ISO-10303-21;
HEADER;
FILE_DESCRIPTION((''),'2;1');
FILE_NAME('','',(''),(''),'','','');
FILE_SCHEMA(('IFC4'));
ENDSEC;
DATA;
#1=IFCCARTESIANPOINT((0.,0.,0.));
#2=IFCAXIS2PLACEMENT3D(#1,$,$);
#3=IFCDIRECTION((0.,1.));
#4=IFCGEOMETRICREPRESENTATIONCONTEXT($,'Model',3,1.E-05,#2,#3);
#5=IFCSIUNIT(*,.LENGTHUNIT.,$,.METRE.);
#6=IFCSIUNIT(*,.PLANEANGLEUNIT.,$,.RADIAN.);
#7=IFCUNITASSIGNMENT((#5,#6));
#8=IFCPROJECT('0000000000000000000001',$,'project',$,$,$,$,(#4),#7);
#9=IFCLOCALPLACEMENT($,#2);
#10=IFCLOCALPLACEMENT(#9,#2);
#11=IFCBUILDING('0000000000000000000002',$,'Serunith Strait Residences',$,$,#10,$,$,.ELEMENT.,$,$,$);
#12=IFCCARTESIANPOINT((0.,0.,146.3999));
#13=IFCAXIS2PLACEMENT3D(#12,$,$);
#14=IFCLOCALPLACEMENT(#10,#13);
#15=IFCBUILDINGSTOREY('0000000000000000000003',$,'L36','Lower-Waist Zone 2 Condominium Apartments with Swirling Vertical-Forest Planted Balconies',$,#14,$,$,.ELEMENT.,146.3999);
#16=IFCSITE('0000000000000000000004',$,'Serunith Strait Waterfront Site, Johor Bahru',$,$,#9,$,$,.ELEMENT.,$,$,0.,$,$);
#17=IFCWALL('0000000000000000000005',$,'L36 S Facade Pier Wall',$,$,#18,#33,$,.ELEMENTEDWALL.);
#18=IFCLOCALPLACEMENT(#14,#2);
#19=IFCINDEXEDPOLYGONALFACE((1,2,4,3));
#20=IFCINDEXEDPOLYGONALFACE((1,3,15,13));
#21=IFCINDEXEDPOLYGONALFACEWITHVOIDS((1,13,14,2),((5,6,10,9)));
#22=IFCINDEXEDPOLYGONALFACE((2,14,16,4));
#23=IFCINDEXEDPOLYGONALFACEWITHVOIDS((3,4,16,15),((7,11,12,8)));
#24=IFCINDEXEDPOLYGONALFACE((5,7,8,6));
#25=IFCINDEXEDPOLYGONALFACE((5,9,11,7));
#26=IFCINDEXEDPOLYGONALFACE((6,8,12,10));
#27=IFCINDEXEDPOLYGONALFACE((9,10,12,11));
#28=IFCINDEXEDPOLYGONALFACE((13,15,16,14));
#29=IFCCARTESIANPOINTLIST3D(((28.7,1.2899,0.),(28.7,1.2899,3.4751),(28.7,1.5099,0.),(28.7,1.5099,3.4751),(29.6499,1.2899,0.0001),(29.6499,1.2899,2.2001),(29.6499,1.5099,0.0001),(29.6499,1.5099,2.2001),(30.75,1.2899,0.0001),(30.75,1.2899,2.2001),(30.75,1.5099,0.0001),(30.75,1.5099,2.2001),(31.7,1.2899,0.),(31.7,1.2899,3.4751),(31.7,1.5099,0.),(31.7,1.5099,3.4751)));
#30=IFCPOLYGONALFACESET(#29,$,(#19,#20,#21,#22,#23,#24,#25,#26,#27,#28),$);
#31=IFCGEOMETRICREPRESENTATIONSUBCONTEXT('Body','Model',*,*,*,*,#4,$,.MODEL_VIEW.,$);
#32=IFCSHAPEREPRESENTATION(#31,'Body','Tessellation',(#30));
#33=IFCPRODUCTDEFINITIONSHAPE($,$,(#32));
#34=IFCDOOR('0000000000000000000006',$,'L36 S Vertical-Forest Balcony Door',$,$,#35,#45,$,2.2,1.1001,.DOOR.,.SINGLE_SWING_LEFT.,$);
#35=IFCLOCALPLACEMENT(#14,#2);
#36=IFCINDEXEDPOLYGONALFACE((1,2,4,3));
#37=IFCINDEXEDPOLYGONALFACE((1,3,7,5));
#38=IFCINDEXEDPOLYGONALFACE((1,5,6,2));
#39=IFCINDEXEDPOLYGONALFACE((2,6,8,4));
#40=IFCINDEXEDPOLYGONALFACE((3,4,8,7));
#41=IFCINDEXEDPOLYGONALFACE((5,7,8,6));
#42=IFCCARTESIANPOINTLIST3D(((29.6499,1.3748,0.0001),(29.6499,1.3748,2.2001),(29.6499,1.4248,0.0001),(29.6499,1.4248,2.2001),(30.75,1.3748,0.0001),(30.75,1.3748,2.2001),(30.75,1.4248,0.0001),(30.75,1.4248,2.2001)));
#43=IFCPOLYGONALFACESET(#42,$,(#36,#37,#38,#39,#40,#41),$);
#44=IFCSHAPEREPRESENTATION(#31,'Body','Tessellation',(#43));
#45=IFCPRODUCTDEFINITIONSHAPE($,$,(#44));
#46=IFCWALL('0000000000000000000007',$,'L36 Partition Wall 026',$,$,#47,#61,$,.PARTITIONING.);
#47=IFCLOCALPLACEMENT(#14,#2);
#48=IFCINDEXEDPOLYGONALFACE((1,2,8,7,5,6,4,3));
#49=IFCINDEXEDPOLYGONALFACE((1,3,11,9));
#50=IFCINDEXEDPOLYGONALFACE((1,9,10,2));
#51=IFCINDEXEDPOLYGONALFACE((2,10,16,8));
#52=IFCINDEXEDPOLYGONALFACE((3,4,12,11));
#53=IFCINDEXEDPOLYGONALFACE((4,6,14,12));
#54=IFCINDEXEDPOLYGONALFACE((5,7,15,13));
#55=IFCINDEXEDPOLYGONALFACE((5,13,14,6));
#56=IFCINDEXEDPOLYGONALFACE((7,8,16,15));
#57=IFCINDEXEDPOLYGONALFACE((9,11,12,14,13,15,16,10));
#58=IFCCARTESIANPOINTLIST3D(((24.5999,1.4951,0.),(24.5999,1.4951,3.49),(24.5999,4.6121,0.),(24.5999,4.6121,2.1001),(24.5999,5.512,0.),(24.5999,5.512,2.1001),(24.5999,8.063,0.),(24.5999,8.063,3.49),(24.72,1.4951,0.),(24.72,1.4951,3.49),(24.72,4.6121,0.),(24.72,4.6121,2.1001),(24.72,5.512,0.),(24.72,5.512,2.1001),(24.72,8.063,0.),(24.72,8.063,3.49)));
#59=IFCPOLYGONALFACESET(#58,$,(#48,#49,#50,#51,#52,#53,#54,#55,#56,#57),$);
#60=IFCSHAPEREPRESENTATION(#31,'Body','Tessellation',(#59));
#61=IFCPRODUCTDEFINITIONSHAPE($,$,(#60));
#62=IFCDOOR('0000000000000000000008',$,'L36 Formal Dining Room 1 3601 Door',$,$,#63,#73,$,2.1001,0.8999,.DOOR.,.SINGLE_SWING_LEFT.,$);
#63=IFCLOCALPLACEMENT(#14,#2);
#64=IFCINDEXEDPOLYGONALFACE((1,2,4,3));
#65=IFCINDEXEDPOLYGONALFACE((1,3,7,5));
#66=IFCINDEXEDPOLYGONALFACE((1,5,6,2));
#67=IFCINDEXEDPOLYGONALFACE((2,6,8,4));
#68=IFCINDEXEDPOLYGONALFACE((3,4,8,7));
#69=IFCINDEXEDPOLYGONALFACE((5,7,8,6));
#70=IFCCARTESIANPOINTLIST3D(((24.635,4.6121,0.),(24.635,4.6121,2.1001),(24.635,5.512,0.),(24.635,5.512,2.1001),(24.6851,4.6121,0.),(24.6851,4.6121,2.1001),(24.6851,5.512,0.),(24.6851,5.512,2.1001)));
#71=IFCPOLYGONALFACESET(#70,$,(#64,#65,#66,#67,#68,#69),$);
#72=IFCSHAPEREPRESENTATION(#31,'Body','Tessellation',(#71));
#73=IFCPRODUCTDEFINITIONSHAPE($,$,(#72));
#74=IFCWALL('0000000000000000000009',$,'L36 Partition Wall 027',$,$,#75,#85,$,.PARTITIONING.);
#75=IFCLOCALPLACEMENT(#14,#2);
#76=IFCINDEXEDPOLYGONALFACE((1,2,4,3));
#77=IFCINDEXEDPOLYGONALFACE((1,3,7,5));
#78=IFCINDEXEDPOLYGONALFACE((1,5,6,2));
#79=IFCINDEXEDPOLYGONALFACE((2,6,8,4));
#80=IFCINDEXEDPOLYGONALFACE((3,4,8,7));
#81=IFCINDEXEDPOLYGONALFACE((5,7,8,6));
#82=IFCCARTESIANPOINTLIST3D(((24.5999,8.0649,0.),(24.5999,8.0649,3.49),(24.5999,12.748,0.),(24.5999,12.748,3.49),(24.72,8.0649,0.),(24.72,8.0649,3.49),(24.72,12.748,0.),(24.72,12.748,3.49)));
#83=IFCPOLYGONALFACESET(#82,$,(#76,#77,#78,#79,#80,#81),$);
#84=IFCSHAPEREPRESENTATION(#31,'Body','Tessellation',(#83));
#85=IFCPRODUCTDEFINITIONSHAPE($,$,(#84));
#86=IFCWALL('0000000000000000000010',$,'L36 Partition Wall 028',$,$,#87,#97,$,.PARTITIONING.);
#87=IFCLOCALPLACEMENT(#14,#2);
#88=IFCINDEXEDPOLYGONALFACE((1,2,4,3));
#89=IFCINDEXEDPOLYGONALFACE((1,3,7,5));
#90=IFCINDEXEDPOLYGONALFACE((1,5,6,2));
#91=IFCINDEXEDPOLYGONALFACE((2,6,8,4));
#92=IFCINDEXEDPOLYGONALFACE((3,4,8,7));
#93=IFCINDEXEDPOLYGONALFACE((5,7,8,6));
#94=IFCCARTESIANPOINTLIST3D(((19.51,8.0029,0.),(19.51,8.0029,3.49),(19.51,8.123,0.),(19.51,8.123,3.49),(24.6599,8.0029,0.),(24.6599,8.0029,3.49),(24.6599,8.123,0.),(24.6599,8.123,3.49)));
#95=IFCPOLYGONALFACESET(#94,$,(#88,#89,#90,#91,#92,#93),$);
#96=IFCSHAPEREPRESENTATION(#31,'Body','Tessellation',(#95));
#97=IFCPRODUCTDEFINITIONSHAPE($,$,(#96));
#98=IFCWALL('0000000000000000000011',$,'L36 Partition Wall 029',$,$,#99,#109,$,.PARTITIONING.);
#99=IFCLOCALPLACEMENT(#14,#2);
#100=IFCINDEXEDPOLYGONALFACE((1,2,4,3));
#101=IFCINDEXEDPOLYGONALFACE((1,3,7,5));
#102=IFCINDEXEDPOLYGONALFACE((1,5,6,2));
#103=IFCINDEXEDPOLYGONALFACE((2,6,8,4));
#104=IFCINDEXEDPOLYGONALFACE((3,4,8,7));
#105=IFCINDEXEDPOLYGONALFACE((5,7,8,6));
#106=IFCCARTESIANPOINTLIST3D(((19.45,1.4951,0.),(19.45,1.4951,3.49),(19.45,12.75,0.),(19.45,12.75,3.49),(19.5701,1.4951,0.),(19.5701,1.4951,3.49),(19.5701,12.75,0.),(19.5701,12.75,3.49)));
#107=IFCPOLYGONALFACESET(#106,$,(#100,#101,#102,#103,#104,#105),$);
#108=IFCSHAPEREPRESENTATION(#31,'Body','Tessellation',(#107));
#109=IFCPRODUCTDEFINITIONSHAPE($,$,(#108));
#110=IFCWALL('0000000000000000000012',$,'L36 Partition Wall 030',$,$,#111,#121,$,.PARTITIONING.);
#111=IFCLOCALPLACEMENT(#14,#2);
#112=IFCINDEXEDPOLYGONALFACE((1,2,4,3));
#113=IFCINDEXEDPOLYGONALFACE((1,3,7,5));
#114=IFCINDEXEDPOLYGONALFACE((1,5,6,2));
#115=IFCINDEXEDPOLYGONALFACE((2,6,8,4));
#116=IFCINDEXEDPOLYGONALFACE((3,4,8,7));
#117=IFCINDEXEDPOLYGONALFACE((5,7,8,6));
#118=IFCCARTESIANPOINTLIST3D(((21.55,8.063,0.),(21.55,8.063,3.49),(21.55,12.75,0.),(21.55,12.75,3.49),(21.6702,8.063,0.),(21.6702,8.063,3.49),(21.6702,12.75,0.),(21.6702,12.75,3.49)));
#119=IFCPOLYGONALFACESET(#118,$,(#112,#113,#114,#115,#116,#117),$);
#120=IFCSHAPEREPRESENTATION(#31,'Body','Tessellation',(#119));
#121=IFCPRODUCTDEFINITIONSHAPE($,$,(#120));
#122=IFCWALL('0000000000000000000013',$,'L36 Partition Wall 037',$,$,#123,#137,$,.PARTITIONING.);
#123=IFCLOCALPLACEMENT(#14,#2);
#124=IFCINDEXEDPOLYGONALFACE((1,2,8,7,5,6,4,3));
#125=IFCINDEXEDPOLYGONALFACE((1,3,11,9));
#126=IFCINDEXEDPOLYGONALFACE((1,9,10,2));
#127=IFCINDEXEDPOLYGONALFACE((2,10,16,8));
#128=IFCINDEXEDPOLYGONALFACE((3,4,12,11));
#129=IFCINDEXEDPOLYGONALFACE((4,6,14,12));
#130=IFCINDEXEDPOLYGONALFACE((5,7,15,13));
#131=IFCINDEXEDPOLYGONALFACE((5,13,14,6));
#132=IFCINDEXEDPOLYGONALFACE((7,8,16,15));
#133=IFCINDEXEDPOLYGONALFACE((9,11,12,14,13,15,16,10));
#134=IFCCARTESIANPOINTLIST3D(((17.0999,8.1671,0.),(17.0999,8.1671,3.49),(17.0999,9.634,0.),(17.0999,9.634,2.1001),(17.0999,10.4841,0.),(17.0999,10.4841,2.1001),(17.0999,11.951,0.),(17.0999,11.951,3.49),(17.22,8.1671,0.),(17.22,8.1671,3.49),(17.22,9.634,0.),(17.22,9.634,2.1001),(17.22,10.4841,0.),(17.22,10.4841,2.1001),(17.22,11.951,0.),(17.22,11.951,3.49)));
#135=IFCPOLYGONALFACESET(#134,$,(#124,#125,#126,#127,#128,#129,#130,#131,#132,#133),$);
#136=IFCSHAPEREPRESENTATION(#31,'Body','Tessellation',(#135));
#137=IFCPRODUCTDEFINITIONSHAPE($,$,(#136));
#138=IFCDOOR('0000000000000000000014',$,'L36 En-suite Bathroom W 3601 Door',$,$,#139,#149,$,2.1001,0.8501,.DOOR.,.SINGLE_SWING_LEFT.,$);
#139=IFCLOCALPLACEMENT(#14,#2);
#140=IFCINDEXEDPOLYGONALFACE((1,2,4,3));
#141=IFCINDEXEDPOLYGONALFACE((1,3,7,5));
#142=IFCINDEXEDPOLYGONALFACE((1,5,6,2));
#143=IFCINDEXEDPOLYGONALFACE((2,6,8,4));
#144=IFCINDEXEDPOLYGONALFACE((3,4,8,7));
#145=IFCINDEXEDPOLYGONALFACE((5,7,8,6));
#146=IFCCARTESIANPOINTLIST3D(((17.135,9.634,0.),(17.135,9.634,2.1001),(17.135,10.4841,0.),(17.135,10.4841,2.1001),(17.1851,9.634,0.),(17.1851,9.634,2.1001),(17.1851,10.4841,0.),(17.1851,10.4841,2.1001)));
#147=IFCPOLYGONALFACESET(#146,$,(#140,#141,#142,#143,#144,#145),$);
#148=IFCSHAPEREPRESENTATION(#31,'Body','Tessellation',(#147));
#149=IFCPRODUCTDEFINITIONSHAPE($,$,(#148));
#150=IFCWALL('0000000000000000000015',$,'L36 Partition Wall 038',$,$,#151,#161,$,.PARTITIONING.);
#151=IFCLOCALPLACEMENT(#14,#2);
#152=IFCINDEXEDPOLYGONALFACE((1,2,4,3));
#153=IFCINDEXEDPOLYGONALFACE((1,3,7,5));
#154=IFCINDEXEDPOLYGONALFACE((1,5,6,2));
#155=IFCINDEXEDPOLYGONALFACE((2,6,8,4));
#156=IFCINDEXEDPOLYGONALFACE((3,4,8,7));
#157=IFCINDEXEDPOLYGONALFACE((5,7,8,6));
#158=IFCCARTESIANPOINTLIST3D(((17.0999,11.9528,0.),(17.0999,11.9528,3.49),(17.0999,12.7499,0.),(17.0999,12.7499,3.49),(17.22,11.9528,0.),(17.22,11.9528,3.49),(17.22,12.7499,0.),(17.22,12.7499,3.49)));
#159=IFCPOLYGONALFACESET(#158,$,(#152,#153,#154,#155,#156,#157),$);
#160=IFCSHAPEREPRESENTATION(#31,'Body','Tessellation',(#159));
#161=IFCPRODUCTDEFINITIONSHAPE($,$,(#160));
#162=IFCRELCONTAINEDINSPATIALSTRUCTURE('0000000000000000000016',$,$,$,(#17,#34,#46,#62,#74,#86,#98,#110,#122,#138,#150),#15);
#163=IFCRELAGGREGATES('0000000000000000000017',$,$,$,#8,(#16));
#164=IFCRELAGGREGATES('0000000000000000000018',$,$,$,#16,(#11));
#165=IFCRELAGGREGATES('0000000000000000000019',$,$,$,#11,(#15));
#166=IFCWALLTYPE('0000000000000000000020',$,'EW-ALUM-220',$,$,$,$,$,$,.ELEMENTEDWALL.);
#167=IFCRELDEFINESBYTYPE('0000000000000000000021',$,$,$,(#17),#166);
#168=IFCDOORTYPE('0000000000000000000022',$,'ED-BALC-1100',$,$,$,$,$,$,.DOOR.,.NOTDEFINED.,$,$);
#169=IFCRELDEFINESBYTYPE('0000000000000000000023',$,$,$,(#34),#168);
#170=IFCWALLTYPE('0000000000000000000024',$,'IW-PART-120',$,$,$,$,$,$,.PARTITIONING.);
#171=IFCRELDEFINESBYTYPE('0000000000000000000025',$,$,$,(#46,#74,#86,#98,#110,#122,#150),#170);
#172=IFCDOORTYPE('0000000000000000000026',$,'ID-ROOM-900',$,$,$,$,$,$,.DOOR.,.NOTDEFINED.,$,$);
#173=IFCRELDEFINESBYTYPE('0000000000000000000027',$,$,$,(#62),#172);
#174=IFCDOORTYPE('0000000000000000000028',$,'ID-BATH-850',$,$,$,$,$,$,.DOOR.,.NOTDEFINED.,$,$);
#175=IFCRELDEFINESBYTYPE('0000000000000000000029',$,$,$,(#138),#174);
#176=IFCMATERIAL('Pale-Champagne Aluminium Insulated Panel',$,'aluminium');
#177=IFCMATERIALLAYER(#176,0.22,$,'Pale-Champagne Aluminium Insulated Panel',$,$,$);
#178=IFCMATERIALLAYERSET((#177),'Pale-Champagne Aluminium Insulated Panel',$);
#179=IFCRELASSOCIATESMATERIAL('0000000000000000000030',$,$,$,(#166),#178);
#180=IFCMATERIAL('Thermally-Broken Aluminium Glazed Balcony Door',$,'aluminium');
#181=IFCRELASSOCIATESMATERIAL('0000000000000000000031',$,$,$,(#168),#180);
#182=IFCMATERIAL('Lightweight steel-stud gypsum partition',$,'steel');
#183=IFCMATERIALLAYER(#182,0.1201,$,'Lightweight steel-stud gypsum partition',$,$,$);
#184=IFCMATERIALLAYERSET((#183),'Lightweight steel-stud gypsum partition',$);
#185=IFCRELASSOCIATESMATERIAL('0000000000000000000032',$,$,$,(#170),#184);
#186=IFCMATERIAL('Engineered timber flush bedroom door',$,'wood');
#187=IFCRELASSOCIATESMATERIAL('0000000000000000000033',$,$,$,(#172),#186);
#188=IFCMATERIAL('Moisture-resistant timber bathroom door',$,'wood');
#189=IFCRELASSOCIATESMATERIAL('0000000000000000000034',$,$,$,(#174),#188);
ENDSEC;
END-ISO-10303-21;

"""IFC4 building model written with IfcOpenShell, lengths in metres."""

from ifc_helpers import new_model, si_unit, direction, frame, frame_2d, origin, place, context, subcontext, project, spatial, rectangle, extrude, source, transform, mapped, material, layer, layer_set, type_object, element, fill, save


model = new_model("IFC4")

# Units and contexts
model_context = context("Model", 3, precision=1e-05, world=origin(), true_north=direction((0.0, 1.0)))
body_context = subcontext(model_context, "Body", "Model", "MODEL_VIEW")
ifc_project = project(units=[si_unit("LENGTHUNIT", "METRE"), si_unit("PLANEANGLEUNIT", "RADIAN")], contexts=[model_context])

# Site, building, storey
site_placement = place(None, origin())
site = spatial("IfcSite", under=ifc_project, at=site_placement, Name="Serunith Strait Waterfront Site, Johor Bahru", CompositionType="ELEMENT", RefElevation=0.0)
building_placement = place(site_placement, origin())
building = spatial("IfcBuilding", under=site, at=building_placement, Name="Serunith Strait Residences", CompositionType="ELEMENT")
storey_placement = place(building_placement, frame((0.0, 0.0, 146.3999)))
storey = spatial("IfcBuildingStorey", under=building, at=storey_placement, Name="L36", Description="Lower-Waist Zone 2 Condominium Apartments with Swirling Vertical-Forest Planted Balconies", CompositionType="ELEMENT", Elevation=146.3999)

# Walls, openings, doors
ifc_material_1 = material(Name="Pale-Champagne Aluminium Insulated Panel", Category="aluminium")
ifc_layer_1 = layer(ifc_material_1, 0.22, Name="Pale-Champagne Aluminium Insulated Panel")
ifc_layer_set_1 = layer_set([ifc_layer_1], Name="Pale-Champagne Aluminium Insulated Panel")
wall_type_1 = type_object("IfcWallType", Name="EW-ALUM-220", PredefinedType="ELEMENTEDWALL", material=ifc_layer_set_1)
wall_1_placement = place(storey_placement, frame((28.7, 1.3999, 0.0), z_axis=(0.0, 0.0, 1.0), x_axis=(1.0, 0.0, 0.0)))
wall_1 = element("IfcWall", 1, at=wall_1_placement, inside=storey, type_object=wall_type_1, Name="L36 S Facade Pier Wall", PredefinedType="ELEMENTEDWALL", context=body_context, shape_type="SweptSolid", body=[
    extrude(rectangle(XDim=3.0, YDim=0.22, at=frame_2d((1.5, 0.0))), origin(), (0.0, 0.0, 1.0), 3.4751),
])
opening_1_placement = place(wall_1_placement, frame((0.95, 0.0, 0.0)))
opening_1 = element("IfcOpeningElement", 2, at=opening_1_placement, cuts=wall_1, PredefinedType="OPENING", context=body_context, shape_type="SweptSolid", body=[
    extrude(rectangle(XDim=1.1001, YDim=2.2, at=frame_2d((0.55, 1.1001))), frame((0.0, 0.1201, 0.0), z_axis=(0.0, -1.0, 0.0), x_axis=(1.0, 0.0, 0.0)), (0.0, 0.0, 1.0), 0.24),
])
ifc_material_2 = material(Name="Thermally-Broken Aluminium Glazed Balcony Door", Category="aluminium")
door_type_1 = type_object("IfcDoorType", Name="ED-BALC-1100", OperationType="NOTDEFINED", PredefinedType="DOOR", material=ifc_material_2)
shared_shape_1 = source(origin(), body_context, "Body", "SweptSolid", [
    extrude(rectangle(XDim=1.1001, YDim=2.2, at=frame_2d((0.55, 1.1001))), frame((0.0, 0.0249, 0.0), z_axis=(0.0, -1.0, 0.0), x_axis=(1.0, 0.0, 0.0)), (0.0, 0.0, 1.0), 0.05),
])
door_1_placement = place(opening_1_placement, origin())
door_1 = element("IfcDoor", 3, at=door_1_placement, inside=storey, type_object=door_type_1, Name="L36 S Vertical-Forest Balcony Door", OperationType="SINGLE_SWING_LEFT", OverallHeight=2.2, OverallWidth=1.1001, PredefinedType="DOOR", context=body_context, shape_type="MappedRepresentation", body=[
    mapped(shared_shape_1, transform((0.0, 0.0, 0.0), scale=1.0)),
])
fill(opening_1, door_1)
ifc_material_3 = material(Name="Lightweight steel-stud gypsum partition", Category="steel")
ifc_layer_2 = layer(ifc_material_3, 0.1201, Name="Lightweight steel-stud gypsum partition")
ifc_layer_set_2 = layer_set([ifc_layer_2], Name="Lightweight steel-stud gypsum partition")
wall_type_2 = type_object("IfcWallType", Name="IW-PART-120", PredefinedType="PARTITIONING", material=ifc_layer_set_2)
wall_2_placement = place(storey_placement, frame((24.6599, 1.4951, 0.0), z_axis=(0.0, 0.0, 1.0), x_axis=(0.0, 1.0, 0.0)))
wall_2 = element("IfcWall", 4, at=wall_2_placement, inside=storey, type_object=wall_type_2, Name="L36 Partition Wall 026", PredefinedType="PARTITIONING", context=body_context, shape_type="SweptSolid", body=[
    extrude(rectangle(XDim=6.5679, YDim=0.1201, at=frame_2d((3.2839, 0.0))), origin(), (0.0, 0.0, 1.0), 3.49),
])
opening_2_placement = place(wall_2_placement, frame((3.1169, 0.0, 0.0)))
opening_2 = element("IfcOpeningElement", 5, at=opening_2_placement, cuts=wall_2, PredefinedType="OPENING", context=body_context, shape_type="SweptSolid", body=[
    extrude(rectangle(XDim=0.8999, YDim=2.1001, at=frame_2d((0.45, 1.05))), frame((0.0, 0.0701, 0.0), z_axis=(0.0, -1.0, 0.0), x_axis=(1.0, 0.0, 0.0)), (0.0, 0.0, 1.0), 0.1401),
])
ifc_material_4 = material(Name="Engineered timber flush bedroom door", Category="wood")
door_type_2 = type_object("IfcDoorType", Name="ID-ROOM-900", OperationType="NOTDEFINED", PredefinedType="DOOR", material=ifc_material_4)
shared_shape_2 = source(origin(), body_context, "Body", "SweptSolid", [
    extrude(rectangle(XDim=0.8999, YDim=2.1001, at=frame_2d((0.45, 1.05))), frame((0.0, 0.0249, 0.0), z_axis=(0.0, -1.0, 0.0), x_axis=(1.0, 0.0, 0.0)), (0.0, 0.0, 1.0), 0.05),
])
door_2_placement = place(opening_2_placement, origin())
door_2 = element("IfcDoor", 6, at=door_2_placement, inside=storey, type_object=door_type_2, Name="L36 Formal Dining Room 1 3601 Door", OperationType="SINGLE_SWING_LEFT", OverallHeight=2.1001, OverallWidth=0.8999, PredefinedType="DOOR", context=body_context, shape_type="MappedRepresentation", body=[
    mapped(shared_shape_2, transform((0.0, 0.0, 0.0), scale=1.0)),
])
fill(opening_2, door_2)

# Walls
wall_3_placement = place(storey_placement, frame((24.6599, 8.0649, 0.0), z_axis=(0.0, 0.0, 1.0), x_axis=(0.0, 1.0, 0.0)))
element("IfcWall", 7, at=wall_3_placement, inside=storey, type_object=wall_type_2, Name="L36 Partition Wall 027", PredefinedType="PARTITIONING", context=body_context, shape_type="SweptSolid", body=[
    extrude(rectangle(XDim=4.6831, YDim=0.1201, at=frame_2d((2.3416, 0.0))), origin(), (0.0, 0.0, 1.0), 3.49),
])
wall_4_placement = place(storey_placement, frame((19.51, 8.063, 0.0), z_axis=(0.0, 0.0, 1.0), x_axis=(1.0, 0.0, 0.0)))
element("IfcWall", 8, at=wall_4_placement, inside=storey, type_object=wall_type_2, Name="L36 Partition Wall 028", PredefinedType="PARTITIONING", context=body_context, shape_type="SweptSolid", body=[
    extrude(rectangle(XDim=5.1499, YDim=0.1201, at=frame_2d((2.575, 0.0))), origin(), (0.0, 0.0, 1.0), 3.49),
])
wall_5_placement = place(storey_placement, frame((19.51, 1.4951, 0.0), z_axis=(0.0, 0.0, 1.0), x_axis=(0.0, 1.0, 0.0)))
element("IfcWall", 9, at=wall_5_placement, inside=storey, type_object=wall_type_2, Name="L36 Partition Wall 029", PredefinedType="PARTITIONING", context=body_context, shape_type="SweptSolid", body=[
    extrude(rectangle(XDim=11.2549, YDim=0.1201, at=frame_2d((5.6274, 0.0))), origin(), (0.0, 0.0, 1.0), 3.49),
])
wall_6_placement = place(storey_placement, frame((21.6101, 8.063, 0.0), z_axis=(0.0, 0.0, 1.0), x_axis=(0.0, 1.0, 0.0)))
element("IfcWall", 10, at=wall_6_placement, inside=storey, type_object=wall_type_2, Name="L36 Partition Wall 030", PredefinedType="PARTITIONING", context=body_context, shape_type="SweptSolid", body=[
    extrude(rectangle(XDim=4.687, YDim=0.1201, at=frame_2d((2.3435, 0.0))), origin(), (0.0, 0.0, 1.0), 3.49),
])

# Wall, opening, door
wall_7_placement = place(storey_placement, frame((17.1599, 8.167, 0.0), z_axis=(0.0, 0.0, 1.0), x_axis=(0.0, 1.0, 0.0)))
wall_7 = element("IfcWall", 11, at=wall_7_placement, inside=storey, type_object=wall_type_2, Name="L36 Partition Wall 037", PredefinedType="PARTITIONING", context=body_context, shape_type="SweptSolid", body=[
    extrude(rectangle(XDim=3.7839, YDim=0.1201, at=frame_2d((1.8921, 0.0))), origin(), (0.0, 0.0, 1.0), 3.49),
])
opening_3_placement = place(wall_7_placement, frame((1.467, 0.0, 0.0)))
opening_3 = element("IfcOpeningElement", 12, at=opening_3_placement, cuts=wall_7, PredefinedType="OPENING", context=body_context, shape_type="SweptSolid", body=[
    extrude(rectangle(XDim=0.8501, YDim=2.1001, at=frame_2d((0.425, 1.05))), frame((0.0, 0.0701, 0.0), z_axis=(0.0, -1.0, 0.0), x_axis=(1.0, 0.0, 0.0)), (0.0, 0.0, 1.0), 0.1401),
])
ifc_material_5 = material(Name="Moisture-resistant timber bathroom door", Category="wood")
door_type_3 = type_object("IfcDoorType", Name="ID-BATH-850", OperationType="NOTDEFINED", PredefinedType="DOOR", material=ifc_material_5)
shared_shape_3 = source(origin(), body_context, "Body", "SweptSolid", [
    extrude(rectangle(XDim=0.8501, YDim=2.1001, at=frame_2d((0.425, 1.05))), frame((0.0, 0.0249, 0.0), z_axis=(0.0, -1.0, 0.0), x_axis=(1.0, 0.0, 0.0)), (0.0, 0.0, 1.0), 0.05),
])
door_3_placement = place(opening_3_placement, origin())
door_3 = element("IfcDoor", 13, at=door_3_placement, inside=storey, type_object=door_type_3, Name="L36 En-suite Bathroom W 3601 Door", OperationType="SINGLE_SWING_LEFT", OverallHeight=2.1001, OverallWidth=0.8501, PredefinedType="DOOR", context=body_context, shape_type="MappedRepresentation", body=[
    mapped(shared_shape_3, transform((0.0, 0.0, 0.0), scale=1.0)),
])
fill(opening_3, door_3)

# Wall
wall_8_placement = place(storey_placement, frame((17.1599, 11.9529, 0.0), z_axis=(0.0, 0.0, 1.0), x_axis=(0.0, 1.0, 0.0)))
element("IfcWall", 14, at=wall_8_placement, inside=storey, type_object=wall_type_2, Name="L36 Partition Wall 038", PredefinedType="PARTITIONING", context=body_context, shape_type="SweptSolid", body=[
    extrude(rectangle(XDim=0.7971, YDim=0.1201, at=frame_2d((0.3984, 0.0))), origin(), (0.0, 0.0, 1.0), 3.49),
])

save(model, "model.ifc")
